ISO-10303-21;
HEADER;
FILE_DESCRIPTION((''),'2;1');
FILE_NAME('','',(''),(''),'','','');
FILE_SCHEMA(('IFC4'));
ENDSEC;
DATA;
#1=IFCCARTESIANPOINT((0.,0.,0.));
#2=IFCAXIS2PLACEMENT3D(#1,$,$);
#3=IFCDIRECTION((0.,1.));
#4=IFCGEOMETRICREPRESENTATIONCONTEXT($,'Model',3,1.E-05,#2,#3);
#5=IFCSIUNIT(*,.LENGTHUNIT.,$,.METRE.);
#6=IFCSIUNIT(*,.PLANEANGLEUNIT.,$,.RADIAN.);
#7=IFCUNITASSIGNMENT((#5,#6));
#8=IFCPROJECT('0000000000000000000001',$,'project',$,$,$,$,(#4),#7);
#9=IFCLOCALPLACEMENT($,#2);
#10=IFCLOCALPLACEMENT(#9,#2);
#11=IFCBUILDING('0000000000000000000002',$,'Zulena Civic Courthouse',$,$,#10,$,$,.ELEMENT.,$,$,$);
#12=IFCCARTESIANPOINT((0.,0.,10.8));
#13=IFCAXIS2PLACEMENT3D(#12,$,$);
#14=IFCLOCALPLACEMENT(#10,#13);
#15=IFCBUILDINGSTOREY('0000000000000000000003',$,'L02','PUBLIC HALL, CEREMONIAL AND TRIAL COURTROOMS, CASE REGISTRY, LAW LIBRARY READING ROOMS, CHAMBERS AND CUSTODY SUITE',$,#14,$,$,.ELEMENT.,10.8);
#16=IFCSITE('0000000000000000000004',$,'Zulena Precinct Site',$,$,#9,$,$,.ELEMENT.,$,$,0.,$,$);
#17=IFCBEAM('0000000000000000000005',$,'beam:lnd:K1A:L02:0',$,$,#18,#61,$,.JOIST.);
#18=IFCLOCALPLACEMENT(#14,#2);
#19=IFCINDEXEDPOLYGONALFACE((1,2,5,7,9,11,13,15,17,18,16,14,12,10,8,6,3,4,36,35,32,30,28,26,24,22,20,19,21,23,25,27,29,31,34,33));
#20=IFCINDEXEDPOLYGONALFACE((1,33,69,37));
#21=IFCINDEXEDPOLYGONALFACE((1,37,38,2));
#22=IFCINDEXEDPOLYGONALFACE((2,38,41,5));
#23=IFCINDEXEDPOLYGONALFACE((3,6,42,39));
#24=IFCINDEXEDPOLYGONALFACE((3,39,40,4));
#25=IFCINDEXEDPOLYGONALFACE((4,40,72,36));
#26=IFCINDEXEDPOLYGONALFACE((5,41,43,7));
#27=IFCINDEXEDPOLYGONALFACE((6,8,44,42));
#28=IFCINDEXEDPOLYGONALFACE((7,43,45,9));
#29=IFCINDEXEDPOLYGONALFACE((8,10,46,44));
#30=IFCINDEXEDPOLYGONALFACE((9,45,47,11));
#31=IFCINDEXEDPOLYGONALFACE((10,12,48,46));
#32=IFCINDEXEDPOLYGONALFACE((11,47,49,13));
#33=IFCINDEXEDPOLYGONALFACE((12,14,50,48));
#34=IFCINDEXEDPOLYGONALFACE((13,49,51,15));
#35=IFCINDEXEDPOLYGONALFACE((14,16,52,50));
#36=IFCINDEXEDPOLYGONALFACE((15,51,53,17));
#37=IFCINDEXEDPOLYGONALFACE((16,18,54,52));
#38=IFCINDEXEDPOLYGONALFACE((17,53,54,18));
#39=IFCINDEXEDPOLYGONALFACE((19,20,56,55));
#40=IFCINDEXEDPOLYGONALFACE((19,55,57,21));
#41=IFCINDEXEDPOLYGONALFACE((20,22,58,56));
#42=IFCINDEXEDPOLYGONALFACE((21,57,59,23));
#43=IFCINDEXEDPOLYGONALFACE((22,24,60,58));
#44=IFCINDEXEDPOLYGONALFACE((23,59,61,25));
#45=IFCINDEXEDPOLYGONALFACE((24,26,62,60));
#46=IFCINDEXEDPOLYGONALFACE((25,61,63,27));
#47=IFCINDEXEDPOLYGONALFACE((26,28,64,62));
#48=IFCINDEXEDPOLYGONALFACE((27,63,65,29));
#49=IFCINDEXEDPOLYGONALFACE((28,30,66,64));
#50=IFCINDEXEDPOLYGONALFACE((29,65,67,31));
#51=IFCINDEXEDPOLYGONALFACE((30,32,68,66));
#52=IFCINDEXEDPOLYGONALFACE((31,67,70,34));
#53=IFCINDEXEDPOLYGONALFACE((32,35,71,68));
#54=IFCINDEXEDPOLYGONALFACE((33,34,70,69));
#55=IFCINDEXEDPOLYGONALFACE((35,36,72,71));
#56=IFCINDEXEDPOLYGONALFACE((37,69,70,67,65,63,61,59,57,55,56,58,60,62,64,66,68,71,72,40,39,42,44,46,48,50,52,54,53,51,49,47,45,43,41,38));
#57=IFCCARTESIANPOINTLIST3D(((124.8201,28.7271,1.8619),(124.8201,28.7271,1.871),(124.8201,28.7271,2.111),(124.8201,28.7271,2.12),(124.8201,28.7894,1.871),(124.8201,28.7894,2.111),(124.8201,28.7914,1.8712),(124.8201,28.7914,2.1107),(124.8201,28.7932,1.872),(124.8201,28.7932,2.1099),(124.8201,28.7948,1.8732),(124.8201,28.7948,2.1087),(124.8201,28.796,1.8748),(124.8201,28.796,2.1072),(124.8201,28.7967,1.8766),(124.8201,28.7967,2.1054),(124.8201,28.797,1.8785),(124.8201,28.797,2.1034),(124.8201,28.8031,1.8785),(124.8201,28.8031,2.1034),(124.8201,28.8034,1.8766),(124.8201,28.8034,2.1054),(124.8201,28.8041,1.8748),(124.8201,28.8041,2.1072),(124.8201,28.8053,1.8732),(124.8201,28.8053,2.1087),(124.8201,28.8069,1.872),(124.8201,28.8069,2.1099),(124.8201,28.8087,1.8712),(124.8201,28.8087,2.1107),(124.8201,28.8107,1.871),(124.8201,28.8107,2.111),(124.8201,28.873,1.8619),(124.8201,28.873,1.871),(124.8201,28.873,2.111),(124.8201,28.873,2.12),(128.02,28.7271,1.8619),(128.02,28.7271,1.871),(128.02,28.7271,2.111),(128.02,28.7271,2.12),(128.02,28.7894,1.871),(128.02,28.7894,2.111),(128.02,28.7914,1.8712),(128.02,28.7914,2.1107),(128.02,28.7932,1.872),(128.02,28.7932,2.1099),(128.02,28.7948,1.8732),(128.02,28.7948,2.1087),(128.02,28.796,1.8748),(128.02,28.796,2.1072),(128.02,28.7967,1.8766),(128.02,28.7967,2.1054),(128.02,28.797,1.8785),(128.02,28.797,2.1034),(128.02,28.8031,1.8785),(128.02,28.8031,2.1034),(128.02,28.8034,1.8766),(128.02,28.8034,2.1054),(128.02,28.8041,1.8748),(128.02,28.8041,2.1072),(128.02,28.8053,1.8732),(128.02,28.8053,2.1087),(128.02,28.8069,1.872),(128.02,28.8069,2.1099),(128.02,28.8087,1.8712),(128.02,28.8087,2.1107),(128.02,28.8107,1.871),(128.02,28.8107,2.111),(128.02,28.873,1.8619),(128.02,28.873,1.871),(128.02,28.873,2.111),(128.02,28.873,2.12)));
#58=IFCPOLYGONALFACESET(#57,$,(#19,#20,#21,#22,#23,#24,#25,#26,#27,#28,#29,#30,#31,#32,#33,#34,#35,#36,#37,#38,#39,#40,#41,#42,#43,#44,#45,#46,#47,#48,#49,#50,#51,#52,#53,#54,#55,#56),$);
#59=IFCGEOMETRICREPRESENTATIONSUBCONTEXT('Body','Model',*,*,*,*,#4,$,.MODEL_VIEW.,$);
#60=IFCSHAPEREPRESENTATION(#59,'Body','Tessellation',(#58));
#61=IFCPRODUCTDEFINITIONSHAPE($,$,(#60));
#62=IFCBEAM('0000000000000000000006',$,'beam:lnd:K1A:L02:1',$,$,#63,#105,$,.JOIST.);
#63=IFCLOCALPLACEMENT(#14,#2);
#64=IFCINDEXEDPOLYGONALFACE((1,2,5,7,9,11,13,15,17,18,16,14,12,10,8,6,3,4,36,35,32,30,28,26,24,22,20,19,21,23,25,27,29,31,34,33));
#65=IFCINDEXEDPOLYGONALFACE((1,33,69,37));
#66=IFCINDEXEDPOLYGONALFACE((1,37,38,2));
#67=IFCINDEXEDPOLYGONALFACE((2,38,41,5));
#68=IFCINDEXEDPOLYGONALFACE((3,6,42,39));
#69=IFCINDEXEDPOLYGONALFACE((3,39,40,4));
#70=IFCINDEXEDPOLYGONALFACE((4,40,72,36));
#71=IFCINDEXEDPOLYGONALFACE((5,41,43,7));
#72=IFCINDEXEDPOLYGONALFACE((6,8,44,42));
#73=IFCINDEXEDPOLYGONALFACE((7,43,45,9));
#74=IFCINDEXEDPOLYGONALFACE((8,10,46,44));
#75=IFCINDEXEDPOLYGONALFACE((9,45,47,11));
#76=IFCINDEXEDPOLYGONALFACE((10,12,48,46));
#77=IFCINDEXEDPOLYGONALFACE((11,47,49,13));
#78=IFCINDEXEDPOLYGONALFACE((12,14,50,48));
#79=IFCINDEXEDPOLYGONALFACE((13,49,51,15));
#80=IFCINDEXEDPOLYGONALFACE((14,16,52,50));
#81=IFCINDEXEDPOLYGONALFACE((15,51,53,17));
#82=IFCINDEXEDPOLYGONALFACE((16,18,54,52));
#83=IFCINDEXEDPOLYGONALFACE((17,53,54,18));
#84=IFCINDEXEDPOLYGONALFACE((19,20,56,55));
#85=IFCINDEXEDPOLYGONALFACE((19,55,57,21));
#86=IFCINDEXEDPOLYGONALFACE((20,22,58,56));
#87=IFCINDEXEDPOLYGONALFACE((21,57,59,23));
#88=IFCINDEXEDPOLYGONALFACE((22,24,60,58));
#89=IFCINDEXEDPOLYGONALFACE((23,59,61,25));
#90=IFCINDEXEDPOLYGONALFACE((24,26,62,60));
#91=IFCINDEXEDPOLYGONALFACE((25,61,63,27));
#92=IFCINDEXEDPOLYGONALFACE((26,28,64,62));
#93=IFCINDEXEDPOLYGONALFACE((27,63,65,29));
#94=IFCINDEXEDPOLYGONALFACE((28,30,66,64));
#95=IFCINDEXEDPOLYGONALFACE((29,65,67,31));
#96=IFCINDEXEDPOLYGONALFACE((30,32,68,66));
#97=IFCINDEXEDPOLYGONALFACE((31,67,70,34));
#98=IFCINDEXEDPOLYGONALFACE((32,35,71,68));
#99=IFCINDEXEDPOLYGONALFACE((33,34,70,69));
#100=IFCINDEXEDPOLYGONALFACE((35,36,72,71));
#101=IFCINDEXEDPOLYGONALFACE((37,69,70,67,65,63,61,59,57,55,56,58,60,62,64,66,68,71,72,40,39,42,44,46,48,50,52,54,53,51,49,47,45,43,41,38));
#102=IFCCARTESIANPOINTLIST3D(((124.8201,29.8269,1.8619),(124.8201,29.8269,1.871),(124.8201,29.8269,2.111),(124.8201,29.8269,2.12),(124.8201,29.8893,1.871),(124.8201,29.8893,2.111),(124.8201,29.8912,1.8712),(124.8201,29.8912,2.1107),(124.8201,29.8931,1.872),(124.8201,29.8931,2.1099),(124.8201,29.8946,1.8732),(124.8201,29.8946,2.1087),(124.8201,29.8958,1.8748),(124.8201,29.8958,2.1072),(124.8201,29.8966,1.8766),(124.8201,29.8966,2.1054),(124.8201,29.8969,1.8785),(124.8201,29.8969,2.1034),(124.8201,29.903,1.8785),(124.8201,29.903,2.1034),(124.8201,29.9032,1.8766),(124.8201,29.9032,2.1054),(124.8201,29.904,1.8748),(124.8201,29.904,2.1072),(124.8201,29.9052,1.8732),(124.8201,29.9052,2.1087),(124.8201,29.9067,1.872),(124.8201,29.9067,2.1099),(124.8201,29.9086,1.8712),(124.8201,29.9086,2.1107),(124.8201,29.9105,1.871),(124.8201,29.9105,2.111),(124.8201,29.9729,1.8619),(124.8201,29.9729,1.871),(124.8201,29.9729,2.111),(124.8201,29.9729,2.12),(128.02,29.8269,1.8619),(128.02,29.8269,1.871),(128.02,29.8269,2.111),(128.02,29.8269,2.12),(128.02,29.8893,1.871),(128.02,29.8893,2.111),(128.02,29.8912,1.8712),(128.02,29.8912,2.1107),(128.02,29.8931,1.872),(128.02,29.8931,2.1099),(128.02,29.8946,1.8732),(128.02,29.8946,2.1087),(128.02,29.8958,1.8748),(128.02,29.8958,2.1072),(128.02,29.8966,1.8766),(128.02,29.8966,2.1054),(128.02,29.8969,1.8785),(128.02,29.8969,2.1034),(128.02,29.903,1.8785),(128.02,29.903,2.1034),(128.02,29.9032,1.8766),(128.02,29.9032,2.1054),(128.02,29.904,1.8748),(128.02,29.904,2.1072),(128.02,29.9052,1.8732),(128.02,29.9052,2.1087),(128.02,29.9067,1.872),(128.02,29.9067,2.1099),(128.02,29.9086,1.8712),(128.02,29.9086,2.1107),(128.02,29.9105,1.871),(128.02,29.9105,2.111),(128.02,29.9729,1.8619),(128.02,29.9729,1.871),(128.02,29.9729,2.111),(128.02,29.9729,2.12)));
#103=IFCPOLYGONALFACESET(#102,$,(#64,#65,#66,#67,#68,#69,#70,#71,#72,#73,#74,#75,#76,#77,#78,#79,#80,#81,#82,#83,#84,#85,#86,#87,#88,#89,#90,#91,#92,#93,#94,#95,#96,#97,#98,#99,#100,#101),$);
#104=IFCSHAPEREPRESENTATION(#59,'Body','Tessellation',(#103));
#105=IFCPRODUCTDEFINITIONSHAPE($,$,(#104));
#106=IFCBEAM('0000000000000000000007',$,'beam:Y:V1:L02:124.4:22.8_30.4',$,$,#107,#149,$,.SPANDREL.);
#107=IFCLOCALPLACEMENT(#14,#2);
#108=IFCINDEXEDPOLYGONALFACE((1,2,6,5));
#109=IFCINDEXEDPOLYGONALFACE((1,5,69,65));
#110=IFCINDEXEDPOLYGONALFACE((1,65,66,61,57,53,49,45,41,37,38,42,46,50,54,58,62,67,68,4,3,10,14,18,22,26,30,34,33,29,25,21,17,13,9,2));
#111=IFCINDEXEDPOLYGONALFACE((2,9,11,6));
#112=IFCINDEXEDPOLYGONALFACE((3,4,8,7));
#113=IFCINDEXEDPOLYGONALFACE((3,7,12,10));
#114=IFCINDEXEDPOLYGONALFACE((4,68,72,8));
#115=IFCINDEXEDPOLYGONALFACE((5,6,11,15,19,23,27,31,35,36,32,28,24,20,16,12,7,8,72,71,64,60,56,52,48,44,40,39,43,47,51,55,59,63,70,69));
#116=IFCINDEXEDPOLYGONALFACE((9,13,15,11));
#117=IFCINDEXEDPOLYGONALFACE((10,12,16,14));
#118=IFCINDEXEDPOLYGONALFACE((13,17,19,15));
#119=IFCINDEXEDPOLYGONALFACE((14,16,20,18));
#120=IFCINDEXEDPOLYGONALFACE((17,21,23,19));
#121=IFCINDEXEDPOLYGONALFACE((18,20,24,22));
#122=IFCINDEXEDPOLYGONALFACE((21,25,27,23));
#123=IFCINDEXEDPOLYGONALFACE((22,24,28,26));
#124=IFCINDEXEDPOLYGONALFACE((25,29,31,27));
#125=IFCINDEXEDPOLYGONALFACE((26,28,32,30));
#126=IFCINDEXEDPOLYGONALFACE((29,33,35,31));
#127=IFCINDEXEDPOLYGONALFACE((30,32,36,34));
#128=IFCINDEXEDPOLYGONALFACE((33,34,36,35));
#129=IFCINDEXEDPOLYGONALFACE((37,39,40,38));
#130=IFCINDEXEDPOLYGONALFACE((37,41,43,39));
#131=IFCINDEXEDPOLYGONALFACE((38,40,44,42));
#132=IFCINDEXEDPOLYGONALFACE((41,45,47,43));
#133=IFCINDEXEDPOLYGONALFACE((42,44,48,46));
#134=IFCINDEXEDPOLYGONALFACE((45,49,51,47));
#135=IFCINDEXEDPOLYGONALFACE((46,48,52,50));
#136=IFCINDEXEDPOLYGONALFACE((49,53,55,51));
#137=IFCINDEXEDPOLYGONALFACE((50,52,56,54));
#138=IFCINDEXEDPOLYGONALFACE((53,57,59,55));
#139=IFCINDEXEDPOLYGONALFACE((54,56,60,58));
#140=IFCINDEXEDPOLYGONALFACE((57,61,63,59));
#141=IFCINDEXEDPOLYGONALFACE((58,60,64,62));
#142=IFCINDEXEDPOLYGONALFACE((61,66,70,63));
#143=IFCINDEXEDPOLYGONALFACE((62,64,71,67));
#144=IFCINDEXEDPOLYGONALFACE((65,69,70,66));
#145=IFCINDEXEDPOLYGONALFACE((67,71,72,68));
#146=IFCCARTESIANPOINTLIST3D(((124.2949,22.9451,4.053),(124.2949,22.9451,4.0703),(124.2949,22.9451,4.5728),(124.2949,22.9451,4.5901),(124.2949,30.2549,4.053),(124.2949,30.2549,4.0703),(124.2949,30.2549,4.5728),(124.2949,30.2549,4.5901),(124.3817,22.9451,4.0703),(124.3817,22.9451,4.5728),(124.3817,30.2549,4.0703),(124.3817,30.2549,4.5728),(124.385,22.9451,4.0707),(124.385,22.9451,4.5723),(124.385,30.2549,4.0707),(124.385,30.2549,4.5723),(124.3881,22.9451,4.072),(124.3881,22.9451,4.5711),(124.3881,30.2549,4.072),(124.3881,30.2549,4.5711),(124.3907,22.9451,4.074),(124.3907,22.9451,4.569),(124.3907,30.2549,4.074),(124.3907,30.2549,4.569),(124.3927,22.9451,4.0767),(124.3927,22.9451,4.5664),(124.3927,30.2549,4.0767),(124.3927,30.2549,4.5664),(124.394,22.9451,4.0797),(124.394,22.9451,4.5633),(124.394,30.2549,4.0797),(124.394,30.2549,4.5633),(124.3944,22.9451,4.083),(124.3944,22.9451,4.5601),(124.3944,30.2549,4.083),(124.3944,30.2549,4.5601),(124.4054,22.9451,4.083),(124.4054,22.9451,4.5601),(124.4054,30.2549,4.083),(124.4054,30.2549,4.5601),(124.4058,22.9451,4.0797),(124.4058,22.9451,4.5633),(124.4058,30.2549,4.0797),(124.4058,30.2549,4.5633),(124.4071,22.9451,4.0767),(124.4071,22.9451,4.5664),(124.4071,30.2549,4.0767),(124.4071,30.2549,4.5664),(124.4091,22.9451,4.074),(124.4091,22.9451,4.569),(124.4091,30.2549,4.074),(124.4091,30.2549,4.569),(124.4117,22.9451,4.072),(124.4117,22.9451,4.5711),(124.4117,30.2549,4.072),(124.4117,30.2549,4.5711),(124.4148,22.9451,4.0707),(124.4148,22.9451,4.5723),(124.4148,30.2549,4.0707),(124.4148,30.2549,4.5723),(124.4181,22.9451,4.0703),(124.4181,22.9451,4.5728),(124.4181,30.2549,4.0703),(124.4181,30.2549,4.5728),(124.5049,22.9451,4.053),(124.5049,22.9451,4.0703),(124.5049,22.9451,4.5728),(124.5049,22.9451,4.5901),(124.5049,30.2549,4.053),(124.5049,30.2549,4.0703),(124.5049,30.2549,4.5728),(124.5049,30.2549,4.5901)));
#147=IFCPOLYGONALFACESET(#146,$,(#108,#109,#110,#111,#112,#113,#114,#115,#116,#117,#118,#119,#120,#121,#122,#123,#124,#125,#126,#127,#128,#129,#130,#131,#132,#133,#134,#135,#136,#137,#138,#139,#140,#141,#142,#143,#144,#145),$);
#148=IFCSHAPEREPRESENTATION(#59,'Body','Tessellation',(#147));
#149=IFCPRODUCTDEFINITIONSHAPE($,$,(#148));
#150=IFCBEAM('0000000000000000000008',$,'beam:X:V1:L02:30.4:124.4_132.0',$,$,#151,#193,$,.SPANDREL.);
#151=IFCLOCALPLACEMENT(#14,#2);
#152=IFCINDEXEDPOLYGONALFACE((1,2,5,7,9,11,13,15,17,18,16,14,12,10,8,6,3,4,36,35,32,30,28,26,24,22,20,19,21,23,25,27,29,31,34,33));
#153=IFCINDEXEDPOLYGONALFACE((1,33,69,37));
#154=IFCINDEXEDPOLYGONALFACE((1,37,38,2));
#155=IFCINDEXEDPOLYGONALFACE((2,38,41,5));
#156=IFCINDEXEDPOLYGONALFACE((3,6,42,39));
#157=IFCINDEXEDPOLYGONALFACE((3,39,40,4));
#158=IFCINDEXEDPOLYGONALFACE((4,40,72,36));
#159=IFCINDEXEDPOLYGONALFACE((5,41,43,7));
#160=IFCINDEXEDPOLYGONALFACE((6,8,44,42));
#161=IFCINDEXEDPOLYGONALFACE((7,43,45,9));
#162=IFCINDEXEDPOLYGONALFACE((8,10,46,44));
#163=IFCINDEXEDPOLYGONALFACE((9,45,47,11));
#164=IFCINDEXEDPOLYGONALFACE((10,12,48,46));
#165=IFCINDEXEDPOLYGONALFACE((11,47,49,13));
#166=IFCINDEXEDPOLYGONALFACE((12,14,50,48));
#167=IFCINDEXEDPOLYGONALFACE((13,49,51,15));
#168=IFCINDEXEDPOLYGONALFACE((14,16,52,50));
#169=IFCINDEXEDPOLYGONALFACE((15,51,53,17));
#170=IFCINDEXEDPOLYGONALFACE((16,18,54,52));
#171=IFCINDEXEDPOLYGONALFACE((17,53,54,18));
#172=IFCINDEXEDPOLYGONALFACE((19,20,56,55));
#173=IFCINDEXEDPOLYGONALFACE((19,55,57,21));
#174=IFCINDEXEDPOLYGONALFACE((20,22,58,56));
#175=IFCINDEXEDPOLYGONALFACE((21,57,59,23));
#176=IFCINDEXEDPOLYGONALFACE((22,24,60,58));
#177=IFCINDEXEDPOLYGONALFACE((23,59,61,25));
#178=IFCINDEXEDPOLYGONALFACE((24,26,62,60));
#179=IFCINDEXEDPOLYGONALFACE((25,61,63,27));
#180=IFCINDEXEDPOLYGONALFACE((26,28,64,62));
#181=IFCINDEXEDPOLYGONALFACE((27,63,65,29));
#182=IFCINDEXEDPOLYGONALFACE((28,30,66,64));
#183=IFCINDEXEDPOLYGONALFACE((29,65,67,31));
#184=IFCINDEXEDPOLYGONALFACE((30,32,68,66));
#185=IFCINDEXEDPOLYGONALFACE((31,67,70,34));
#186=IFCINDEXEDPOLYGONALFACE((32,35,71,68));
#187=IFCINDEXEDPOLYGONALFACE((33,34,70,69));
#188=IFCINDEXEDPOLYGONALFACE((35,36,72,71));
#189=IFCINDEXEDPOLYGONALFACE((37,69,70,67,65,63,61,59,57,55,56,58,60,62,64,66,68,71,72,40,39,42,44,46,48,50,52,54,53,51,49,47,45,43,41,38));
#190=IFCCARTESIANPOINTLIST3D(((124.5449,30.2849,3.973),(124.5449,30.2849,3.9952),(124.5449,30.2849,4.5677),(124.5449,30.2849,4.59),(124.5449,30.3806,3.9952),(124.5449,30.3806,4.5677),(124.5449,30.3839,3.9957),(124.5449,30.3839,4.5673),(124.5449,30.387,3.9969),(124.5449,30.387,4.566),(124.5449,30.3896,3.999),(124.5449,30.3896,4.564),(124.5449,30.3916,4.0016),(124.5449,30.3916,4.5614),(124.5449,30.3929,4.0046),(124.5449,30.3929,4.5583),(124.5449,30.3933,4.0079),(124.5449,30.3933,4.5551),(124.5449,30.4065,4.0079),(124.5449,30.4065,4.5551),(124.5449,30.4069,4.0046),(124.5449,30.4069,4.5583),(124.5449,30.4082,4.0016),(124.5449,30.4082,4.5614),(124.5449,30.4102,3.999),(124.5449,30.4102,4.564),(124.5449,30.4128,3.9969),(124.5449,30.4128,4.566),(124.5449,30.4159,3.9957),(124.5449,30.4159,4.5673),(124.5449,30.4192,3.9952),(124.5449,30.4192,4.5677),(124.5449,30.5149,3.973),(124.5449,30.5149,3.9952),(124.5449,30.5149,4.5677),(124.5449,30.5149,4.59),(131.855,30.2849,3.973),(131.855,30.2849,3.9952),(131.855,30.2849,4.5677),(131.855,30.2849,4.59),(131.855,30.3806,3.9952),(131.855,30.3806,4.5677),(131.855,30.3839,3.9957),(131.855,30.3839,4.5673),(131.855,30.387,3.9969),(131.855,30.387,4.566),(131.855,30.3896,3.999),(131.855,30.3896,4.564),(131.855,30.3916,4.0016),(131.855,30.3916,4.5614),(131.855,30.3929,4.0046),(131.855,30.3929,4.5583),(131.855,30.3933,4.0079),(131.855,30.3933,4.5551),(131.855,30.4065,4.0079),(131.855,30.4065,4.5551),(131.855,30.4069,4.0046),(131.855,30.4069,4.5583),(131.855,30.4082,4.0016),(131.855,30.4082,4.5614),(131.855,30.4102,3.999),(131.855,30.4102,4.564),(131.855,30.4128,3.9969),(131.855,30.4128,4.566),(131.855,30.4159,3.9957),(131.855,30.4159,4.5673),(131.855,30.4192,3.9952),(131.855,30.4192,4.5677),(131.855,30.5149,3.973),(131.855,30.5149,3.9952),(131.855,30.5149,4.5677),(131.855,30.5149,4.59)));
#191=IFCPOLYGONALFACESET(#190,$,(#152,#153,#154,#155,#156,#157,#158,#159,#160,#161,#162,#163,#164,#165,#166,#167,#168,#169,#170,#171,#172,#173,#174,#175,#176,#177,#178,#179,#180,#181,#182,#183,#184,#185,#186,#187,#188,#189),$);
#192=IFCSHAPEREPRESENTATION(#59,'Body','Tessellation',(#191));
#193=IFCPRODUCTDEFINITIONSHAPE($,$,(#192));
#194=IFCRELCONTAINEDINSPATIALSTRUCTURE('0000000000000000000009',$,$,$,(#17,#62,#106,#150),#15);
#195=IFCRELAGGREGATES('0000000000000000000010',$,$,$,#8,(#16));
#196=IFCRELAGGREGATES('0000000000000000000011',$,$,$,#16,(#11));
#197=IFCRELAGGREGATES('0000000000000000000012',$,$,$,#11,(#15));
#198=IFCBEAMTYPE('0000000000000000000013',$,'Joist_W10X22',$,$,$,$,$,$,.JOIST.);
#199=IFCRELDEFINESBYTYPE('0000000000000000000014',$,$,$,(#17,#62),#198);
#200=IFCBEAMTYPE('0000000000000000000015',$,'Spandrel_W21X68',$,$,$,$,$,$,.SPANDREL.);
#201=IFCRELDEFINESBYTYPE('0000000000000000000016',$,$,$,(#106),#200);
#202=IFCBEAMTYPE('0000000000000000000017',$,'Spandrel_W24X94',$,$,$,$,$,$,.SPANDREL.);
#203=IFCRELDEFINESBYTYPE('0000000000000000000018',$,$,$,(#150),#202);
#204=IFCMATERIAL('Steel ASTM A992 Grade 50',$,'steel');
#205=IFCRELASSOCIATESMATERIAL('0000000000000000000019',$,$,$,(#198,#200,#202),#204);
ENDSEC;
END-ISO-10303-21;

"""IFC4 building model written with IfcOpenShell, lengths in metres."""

from ifc_helpers import new_model, si_unit, direction, frame, origin, origin_2d, place, context, subcontext, project, spatial, i_section, extrude, material, material_profile, profile_set, type_object, element, save


model = new_model("IFC4")

# Units and contexts
model_context = context("Model", 3, precision=1e-05, world=origin(), true_north=direction((0.0, 1.0)))
body_context = subcontext(model_context, "Body", "Model", "MODEL_VIEW")
ifc_project = project(units=[si_unit("LENGTHUNIT", "METRE"), si_unit("PLANEANGLEUNIT", "RADIAN")], contexts=[model_context])

# Site, building, storey
site_placement = place(None, origin())
site = spatial("IfcSite", under=ifc_project, at=site_placement, Name="Zulena Precinct Site", CompositionType="ELEMENT", RefElevation=0.0)
building_placement = place(site_placement, origin())
building = spatial("IfcBuilding", under=site, at=building_placement, Name="Zulena Civic Courthouse", CompositionType="ELEMENT")
storey_placement = place(building_placement, frame((0.0, 0.0, 10.8)))
storey = spatial("IfcBuildingStorey", under=building, at=storey_placement, Name="L02", Description="PUBLIC HALL, CEREMONIAL AND TRIAL COURTROOMS, CASE REGISTRY, LAW LIBRARY READING ROOMS, CHAMBERS AND CUSTODY SUITE", CompositionType="ELEMENT", Elevation=10.8)

# Shared definitions
ifc_material_1 = material(Name="Steel ASTM A992 Grade 50", Category="steel")

# Beams
ifc_material_profile_1 = material_profile(ifc_material_1, i_section(OverallWidth=0.146, OverallDepth=0.2581, WebThickness=0.0061, FlangeThickness=0.009, FilletRadius=0.0076, at=origin_2d()), Name="W10X22")
ifc_profile_set_1 = profile_set([ifc_material_profile_1], Name="Steel ASTM A992 Grade 50")
beam_type_1 = type_object("IfcBeamType", Name="Joist_W10X22", PredefinedType="JOIST", material=ifc_profile_set_1)
for number, where, z_axis, x_axis, name in (
    (1, (124.8201, 28.8, 1.991), (1.0, 0.0, 0.0), (0.0, 1.0, 0.0), "beam:lnd:K1A:L02:0"),
    (2, (124.8201, 29.8999, 1.991), (1.0, 0.0, 0.0), (0.0, 1.0, 0.0), "beam:lnd:K1A:L02:1"),
):
    element("IfcBeam", number, at=place(storey_placement, frame(where, z_axis=z_axis, x_axis=x_axis)), inside=storey, type_object=beam_type_1, Name=name, PredefinedType="JOIST", context=body_context, shape_type="SweptSolid", body=[
        extrude(i_section(OverallWidth=0.146, OverallDepth=0.2581, WebThickness=0.0061, FlangeThickness=0.009, FilletRadius=0.0076, at=origin_2d()), origin(), (0.0, 0.0, 1.0), 3.2),
    ])
ifc_material_profile_2 = material_profile(ifc_material_1, i_section(OverallWidth=0.21, OverallDepth=0.5371, WebThickness=0.011, FlangeThickness=0.0173, FilletRadius=0.0127, at=origin_2d()), Name="W21X68")
ifc_profile_set_2 = profile_set([ifc_material_profile_2], Name="Steel ASTM A992 Grade 50")
beam_type_2 = type_object("IfcBeamType", Name="Spandrel_W21X68", PredefinedType="SPANDREL", material=ifc_profile_set_2)
beam_placement = place(storey_placement, frame((124.3999, 22.9451, 4.3215), z_axis=(0.0, 1.0, 0.0), x_axis=(-1.0, 0.0, 0.0)))
element("IfcBeam", 3, at=beam_placement, inside=storey, type_object=beam_type_2, Name="beam:Y:V1:L02:124.4:22.8_30.4", PredefinedType="SPANDREL", context=body_context, shape_type="SweptSolid", body=[
    extrude(i_section(OverallWidth=0.21, OverallDepth=0.5371, WebThickness=0.011, FlangeThickness=0.0173, FilletRadius=0.0127, at=origin_2d()), origin(), (0.0, 0.0, 1.0), 7.3098),
])
ifc_material_profile_3 = material_profile(ifc_material_1, i_section(OverallWidth=0.23, OverallDepth=0.6169, WebThickness=0.0132, FlangeThickness=0.0222, FilletRadius=0.0127, at=origin_2d()), Name="W24X94")
ifc_profile_set_3 = profile_set([ifc_material_profile_3], Name="Steel ASTM A992 Grade 50")
beam_type_3 = type_object("IfcBeamType", Name="Spandrel_W24X94", PredefinedType="SPANDREL", material=ifc_profile_set_3)
for number, where, z_axis, x_axis, name in (
    (4, (124.5449, 30.3999, 4.2815), (1.0, 0.0, 0.0), (0.0, 1.0, 0.0), "beam:X:V1:L02:30.4:124.4_132.0"),
):
    element("IfcBeam", number, at=place(storey_placement, frame(where, z_axis=z_axis, x_axis=x_axis)), inside=storey, type_object=beam_type_3, Name=name, PredefinedType="SPANDREL", context=body_context, shape_type="SweptSolid", body=[
        extrude(i_section(OverallWidth=0.23, OverallDepth=0.6169, WebThickness=0.0132, FlangeThickness=0.0222, FilletRadius=0.0127, at=origin_2d()), origin(), (0.0, 0.0, 1.0), 7.3101),
    ])

save(model, "model.ifc")
